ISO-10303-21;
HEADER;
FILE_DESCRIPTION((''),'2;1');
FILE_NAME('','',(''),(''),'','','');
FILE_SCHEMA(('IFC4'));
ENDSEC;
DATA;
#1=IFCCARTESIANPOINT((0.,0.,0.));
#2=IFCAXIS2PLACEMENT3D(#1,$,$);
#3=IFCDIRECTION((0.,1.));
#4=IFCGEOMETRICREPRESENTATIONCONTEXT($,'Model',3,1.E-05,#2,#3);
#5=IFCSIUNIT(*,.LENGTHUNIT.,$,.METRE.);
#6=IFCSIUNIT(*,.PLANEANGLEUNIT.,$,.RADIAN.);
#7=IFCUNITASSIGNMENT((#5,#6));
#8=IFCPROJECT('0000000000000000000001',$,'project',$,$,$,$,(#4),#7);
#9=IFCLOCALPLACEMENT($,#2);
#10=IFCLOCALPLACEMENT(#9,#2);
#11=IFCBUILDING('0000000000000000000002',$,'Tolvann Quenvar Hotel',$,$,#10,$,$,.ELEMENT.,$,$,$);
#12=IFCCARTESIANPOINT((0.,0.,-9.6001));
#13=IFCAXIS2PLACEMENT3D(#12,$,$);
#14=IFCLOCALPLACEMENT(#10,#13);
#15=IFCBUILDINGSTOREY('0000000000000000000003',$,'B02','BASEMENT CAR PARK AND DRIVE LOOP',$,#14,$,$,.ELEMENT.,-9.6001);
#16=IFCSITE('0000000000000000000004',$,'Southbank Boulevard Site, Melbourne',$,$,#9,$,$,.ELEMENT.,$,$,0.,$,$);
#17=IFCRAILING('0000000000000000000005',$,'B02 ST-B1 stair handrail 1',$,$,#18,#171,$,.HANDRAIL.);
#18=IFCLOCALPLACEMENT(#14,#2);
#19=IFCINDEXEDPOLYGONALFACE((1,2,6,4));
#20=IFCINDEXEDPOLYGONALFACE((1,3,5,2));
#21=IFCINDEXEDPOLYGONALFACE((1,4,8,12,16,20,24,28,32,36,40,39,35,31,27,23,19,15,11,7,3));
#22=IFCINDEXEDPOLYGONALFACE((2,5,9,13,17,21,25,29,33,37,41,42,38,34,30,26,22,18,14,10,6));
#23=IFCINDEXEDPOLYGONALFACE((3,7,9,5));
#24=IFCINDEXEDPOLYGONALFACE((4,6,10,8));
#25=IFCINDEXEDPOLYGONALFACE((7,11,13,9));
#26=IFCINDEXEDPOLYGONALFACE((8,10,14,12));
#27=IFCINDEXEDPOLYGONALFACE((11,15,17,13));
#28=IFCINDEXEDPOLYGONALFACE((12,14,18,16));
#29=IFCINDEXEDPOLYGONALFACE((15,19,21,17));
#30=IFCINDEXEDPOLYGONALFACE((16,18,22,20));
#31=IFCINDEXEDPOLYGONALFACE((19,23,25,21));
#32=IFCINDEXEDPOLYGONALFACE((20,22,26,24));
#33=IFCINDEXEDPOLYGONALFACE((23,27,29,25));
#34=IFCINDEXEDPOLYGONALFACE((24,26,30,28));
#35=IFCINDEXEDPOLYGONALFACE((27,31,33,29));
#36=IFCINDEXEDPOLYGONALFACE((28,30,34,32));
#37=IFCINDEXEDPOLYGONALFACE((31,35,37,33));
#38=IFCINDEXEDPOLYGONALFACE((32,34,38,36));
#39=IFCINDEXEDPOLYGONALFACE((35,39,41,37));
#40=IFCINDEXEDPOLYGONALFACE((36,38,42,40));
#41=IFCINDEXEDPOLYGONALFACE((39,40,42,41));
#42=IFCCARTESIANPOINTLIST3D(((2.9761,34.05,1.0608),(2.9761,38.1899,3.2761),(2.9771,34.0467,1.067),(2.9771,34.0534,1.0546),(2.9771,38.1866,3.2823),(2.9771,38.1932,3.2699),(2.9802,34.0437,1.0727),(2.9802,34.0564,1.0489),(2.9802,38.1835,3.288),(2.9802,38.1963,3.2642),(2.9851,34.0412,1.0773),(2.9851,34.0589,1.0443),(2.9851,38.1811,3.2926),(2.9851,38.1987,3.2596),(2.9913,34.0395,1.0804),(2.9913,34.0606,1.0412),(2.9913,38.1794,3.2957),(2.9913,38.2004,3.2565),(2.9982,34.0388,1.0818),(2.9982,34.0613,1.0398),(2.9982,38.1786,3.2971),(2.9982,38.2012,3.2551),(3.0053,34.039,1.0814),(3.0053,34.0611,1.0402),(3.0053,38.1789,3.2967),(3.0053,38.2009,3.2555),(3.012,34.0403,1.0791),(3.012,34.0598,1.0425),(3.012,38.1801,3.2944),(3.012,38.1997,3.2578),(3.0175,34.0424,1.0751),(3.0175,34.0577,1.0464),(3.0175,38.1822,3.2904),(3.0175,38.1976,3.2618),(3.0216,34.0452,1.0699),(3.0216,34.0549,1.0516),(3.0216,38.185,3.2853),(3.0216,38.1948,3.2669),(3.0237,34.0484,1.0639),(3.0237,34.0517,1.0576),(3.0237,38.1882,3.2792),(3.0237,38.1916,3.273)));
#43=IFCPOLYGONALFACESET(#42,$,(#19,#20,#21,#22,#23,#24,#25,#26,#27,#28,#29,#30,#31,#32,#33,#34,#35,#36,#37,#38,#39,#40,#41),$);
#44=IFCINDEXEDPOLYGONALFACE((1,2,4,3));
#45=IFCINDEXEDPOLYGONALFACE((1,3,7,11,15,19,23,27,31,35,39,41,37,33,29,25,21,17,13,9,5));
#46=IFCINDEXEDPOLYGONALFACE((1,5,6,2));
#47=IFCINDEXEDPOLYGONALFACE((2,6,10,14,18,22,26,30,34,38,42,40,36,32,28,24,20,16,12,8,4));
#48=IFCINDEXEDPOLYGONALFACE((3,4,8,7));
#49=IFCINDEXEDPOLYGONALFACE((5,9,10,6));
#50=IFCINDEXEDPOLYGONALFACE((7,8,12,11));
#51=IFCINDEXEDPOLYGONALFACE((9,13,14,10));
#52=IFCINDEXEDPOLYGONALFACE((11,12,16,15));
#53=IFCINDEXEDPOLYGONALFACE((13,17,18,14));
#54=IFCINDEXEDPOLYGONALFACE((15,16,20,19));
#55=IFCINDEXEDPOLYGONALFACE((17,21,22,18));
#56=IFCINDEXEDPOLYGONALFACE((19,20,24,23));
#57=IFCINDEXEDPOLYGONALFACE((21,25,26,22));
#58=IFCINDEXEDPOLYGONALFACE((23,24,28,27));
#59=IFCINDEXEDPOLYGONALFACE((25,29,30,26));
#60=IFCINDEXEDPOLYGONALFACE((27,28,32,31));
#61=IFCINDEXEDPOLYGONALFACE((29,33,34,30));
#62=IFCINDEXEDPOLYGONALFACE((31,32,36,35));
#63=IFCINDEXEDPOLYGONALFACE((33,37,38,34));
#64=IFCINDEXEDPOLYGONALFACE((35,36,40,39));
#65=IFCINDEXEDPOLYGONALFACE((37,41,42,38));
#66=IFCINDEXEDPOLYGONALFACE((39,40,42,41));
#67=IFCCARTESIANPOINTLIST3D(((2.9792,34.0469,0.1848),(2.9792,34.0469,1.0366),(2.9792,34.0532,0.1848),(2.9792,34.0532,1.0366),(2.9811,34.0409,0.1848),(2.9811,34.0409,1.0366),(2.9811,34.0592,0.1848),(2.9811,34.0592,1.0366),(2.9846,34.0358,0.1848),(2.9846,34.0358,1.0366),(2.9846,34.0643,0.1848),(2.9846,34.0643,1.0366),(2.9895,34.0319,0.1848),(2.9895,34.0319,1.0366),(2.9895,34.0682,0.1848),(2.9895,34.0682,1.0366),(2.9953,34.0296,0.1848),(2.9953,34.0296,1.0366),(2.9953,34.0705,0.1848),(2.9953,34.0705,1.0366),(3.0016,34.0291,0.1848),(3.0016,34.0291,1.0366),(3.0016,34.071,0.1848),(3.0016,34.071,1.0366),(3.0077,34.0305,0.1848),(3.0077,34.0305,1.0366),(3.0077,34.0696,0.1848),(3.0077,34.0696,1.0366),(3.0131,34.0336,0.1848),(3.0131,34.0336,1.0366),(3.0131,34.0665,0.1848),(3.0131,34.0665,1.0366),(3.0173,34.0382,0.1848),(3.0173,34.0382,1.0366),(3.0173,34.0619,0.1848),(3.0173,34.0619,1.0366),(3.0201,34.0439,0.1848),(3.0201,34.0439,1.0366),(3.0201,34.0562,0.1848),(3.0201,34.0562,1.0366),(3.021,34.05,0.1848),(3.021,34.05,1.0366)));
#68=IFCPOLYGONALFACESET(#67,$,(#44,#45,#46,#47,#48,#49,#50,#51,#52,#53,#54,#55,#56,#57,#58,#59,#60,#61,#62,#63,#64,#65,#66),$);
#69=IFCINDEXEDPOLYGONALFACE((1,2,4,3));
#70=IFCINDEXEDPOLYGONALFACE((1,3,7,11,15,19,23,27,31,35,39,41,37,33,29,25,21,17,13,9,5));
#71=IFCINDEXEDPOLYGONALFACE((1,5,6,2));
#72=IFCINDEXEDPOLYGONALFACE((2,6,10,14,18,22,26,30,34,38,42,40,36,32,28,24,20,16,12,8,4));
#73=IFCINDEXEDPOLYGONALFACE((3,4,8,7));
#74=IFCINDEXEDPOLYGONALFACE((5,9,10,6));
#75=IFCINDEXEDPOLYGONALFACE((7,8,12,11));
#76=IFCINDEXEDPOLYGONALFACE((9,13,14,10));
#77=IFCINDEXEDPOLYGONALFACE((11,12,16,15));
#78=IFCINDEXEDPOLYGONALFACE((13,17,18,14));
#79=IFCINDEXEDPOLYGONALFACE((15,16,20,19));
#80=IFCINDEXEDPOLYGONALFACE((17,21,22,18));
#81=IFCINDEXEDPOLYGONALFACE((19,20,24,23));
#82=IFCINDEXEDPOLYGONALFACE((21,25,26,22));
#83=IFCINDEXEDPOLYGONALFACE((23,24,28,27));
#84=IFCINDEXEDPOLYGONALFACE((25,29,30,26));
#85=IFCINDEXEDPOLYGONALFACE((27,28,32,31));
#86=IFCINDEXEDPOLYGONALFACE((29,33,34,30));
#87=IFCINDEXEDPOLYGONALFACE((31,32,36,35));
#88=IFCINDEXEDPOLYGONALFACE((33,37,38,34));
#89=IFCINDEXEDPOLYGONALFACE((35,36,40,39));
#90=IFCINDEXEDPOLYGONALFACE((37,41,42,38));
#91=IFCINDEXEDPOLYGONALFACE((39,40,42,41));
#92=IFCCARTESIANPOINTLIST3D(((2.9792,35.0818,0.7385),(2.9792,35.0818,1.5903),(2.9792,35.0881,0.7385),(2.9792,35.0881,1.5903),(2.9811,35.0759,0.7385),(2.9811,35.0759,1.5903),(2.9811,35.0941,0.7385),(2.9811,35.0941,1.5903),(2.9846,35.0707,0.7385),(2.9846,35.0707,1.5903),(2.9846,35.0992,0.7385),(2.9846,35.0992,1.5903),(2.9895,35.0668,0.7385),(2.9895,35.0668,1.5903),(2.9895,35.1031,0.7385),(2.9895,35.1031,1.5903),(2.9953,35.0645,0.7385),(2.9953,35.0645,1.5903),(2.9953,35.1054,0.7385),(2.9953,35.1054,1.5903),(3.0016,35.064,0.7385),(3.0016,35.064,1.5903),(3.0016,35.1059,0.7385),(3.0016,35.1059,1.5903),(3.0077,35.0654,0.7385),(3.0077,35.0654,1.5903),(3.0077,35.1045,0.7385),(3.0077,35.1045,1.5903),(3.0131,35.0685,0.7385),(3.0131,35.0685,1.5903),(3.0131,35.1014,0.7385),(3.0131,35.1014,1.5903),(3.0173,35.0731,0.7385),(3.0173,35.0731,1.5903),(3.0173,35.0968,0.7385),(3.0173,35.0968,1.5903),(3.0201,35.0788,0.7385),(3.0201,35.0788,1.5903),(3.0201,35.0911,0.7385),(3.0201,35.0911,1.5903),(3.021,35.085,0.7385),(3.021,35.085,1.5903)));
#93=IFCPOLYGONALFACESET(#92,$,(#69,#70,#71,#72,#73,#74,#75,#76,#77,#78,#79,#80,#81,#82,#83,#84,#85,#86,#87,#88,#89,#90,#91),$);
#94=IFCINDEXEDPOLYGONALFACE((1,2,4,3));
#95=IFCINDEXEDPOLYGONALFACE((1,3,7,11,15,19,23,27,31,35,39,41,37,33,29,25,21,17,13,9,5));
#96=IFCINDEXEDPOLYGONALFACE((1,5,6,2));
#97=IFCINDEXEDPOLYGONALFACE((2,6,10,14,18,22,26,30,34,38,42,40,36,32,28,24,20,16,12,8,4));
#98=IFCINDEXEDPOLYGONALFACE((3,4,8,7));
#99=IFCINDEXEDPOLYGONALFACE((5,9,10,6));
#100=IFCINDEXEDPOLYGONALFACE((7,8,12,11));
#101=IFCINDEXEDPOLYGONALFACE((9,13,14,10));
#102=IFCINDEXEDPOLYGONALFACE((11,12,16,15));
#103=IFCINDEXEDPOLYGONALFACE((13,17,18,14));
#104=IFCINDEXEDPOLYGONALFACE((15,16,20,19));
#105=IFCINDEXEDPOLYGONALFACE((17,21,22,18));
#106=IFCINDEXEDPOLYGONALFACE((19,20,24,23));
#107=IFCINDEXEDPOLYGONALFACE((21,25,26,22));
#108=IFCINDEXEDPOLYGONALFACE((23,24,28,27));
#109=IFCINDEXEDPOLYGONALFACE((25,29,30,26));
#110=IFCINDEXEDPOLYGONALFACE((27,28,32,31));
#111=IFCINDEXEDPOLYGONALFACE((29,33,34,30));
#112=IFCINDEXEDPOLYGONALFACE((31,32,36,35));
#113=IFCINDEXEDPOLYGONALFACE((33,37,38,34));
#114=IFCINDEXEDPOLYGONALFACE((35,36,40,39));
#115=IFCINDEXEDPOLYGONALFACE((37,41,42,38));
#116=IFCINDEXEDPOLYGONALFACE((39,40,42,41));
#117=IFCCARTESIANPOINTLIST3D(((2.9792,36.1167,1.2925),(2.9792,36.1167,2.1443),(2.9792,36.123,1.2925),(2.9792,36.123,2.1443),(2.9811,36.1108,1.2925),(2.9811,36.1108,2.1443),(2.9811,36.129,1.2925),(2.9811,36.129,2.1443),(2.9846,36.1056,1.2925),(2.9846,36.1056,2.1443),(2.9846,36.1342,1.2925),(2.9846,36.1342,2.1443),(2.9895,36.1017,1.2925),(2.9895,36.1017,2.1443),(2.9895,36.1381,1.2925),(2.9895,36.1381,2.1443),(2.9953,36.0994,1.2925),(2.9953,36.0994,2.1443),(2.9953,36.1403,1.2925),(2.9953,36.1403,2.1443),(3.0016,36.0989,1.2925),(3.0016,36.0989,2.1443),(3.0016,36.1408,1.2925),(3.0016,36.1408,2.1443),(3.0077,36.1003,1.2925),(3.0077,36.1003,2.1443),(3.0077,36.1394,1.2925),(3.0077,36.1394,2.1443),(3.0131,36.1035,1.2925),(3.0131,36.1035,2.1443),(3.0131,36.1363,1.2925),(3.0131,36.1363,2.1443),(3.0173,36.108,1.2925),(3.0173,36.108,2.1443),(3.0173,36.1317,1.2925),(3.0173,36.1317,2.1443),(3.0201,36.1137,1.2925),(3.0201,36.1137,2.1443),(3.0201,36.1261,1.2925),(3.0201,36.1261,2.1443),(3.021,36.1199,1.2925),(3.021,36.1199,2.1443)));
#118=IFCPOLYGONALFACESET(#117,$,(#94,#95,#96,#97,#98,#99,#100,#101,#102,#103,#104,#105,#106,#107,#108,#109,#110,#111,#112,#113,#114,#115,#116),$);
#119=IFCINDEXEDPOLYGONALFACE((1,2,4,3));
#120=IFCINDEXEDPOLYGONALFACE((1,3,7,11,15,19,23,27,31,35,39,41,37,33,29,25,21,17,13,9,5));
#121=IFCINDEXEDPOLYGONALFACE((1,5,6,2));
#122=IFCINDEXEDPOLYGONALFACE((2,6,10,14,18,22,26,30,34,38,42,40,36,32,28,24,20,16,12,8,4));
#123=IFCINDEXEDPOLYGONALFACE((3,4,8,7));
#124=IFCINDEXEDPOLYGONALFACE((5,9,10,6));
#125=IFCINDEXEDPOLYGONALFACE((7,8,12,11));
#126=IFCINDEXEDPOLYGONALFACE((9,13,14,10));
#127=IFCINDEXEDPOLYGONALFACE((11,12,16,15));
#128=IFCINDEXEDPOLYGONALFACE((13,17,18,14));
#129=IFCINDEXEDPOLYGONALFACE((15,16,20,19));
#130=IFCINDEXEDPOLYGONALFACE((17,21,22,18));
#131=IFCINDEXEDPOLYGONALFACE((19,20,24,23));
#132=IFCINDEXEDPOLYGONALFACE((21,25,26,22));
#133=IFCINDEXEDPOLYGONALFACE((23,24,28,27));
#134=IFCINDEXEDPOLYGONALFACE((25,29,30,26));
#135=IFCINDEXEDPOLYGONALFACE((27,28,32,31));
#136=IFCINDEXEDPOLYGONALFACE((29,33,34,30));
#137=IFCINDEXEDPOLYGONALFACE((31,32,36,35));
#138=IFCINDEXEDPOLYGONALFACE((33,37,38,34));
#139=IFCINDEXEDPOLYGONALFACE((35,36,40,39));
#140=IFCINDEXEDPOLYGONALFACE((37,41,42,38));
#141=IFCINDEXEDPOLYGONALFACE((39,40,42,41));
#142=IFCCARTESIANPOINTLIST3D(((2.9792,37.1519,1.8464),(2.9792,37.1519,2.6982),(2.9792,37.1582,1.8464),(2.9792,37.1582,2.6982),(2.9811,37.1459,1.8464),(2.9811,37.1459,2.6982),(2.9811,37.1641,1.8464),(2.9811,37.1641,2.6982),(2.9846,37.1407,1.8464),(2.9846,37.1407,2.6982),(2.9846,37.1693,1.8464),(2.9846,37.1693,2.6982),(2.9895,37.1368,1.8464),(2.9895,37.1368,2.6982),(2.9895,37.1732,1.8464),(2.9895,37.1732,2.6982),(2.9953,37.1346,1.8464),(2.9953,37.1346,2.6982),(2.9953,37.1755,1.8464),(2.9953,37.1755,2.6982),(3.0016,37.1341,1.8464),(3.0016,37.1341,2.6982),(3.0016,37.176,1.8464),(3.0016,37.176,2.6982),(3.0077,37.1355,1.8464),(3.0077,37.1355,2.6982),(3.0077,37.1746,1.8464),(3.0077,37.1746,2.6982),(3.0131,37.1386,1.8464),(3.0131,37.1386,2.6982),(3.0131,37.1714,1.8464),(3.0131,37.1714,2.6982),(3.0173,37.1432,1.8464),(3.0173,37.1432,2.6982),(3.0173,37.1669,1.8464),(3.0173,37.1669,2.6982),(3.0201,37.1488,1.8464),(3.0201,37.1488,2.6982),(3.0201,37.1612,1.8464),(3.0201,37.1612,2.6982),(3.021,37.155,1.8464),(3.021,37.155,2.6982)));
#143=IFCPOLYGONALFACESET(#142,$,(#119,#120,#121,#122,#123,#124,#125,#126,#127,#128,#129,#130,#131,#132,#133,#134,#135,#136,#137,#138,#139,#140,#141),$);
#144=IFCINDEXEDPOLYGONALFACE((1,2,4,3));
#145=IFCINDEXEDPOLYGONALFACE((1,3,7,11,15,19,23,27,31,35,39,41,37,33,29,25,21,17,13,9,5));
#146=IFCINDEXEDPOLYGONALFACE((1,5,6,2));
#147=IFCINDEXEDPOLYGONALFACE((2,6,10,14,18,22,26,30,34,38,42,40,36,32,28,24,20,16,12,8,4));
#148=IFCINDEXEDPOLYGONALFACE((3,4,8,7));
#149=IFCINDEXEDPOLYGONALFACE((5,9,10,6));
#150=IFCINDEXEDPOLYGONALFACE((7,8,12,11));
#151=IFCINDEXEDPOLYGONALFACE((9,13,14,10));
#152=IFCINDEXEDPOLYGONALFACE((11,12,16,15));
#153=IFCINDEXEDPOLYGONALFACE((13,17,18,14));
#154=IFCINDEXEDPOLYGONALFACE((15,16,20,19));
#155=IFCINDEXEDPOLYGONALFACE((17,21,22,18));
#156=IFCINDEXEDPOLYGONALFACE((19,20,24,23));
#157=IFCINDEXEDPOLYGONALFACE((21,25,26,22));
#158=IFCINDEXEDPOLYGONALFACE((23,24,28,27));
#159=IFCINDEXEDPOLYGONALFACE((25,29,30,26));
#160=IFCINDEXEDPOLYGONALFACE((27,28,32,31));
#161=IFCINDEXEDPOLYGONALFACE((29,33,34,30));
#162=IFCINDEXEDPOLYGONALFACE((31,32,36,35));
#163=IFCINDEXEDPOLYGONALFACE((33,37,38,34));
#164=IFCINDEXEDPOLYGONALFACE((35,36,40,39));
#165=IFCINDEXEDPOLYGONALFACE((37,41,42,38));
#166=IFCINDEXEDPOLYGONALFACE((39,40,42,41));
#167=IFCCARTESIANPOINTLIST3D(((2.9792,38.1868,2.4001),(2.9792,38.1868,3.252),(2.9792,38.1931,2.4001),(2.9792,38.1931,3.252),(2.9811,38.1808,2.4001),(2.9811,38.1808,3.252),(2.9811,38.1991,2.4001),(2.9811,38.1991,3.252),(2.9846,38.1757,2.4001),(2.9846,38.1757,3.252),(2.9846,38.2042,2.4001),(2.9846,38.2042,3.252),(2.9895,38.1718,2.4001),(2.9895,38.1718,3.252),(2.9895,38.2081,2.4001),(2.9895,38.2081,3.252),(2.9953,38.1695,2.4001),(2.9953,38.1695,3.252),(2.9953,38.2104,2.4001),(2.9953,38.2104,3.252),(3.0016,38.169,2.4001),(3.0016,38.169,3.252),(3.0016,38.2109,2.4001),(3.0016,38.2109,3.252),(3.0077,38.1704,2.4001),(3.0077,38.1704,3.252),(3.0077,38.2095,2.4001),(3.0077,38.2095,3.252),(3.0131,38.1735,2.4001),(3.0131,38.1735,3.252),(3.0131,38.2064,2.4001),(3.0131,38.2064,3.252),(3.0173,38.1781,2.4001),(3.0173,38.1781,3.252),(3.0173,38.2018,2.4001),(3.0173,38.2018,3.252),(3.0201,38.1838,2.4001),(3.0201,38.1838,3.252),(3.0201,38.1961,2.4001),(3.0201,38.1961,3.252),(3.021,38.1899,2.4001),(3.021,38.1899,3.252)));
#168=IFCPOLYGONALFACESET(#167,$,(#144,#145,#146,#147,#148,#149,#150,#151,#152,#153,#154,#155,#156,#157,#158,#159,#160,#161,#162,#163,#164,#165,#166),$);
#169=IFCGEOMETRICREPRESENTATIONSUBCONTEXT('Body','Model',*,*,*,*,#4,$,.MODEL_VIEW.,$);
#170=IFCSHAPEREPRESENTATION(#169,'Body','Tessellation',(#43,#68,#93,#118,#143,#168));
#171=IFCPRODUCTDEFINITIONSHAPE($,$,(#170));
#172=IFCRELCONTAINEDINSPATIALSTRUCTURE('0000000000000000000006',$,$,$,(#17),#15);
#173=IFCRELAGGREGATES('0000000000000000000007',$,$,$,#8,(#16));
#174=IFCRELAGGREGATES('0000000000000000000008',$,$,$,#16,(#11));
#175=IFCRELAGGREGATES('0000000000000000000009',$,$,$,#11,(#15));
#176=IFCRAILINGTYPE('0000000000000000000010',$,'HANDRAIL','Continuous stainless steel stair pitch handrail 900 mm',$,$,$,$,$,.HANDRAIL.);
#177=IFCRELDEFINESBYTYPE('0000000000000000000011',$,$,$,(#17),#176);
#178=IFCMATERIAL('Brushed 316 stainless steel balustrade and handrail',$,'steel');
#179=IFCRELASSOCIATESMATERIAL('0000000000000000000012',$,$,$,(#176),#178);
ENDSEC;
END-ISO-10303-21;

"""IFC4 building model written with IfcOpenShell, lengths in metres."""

from ifc_helpers import new_model, si_unit, direction, frame, origin, origin_2d, place, context, subcontext, project, spatial, circle, extrude, material, type_object, element, save


model = new_model("IFC4")

# Units and contexts
model_context = context("Model", 3, precision=1e-05, world=origin(), true_north=direction((0.0, 1.0)))
body_context = subcontext(model_context, "Body", "Model", "MODEL_VIEW")
ifc_project = project(units=[si_unit("LENGTHUNIT", "METRE"), si_unit("PLANEANGLEUNIT", "RADIAN")], contexts=[model_context])

# Site, building, storey
site_placement = place(None, origin())
site = spatial("IfcSite", under=ifc_project, at=site_placement, Name="Southbank Boulevard Site, Melbourne", CompositionType="ELEMENT", RefElevation=0.0)
building_placement = place(site_placement, origin())
building = spatial("IfcBuilding", under=site, at=building_placement, Name="Tolvann Quenvar Hotel", CompositionType="ELEMENT")
storey_placement = place(building_placement, frame((0.0, 0.0, -9.6001)))
storey = spatial("IfcBuildingStorey", under=building, at=storey_placement, Name="B02", Description="BASEMENT CAR PARK AND DRIVE LOOP", CompositionType="ELEMENT", Elevation=-9.6001)

# Railing
ifc_material_1 = material(Name="Brushed 316 stainless steel balustrade and handrail", Category="steel")
railing_type_1 = type_object("IfcRailingType", Name="HANDRAIL", Description="Continuous stainless steel stair pitch handrail 900 mm", PredefinedType="HANDRAIL", material=ifc_material_1)
railing_1_placement = place(storey_placement, frame((3.0, 34.05, 0.1848)))
element("IfcRailing", 1, at=railing_1_placement, inside=storey, type_object=railing_type_1, Name="B02 ST-B1 stair handrail 1", PredefinedType="HANDRAIL", context=body_context, shape_type="SweptSolid", body=[
    extrude(circle(Radius=0.0239, at=origin_2d()), frame((0.0, 0.0, 0.876), z_axis=(0.0, 0.881699, 0.471813), x_axis=(-1.0, 0.0, 0.0)), (0.0, 0.0, 1.0), 4.6953),
    extrude(circle(Radius=0.021, at=origin_2d()), origin(), (0.0, 0.0, 1.0), 0.8518),
    extrude(circle(Radius=0.021, at=origin_2d()), frame((0.0, 1.0349, 0.5537)), (0.0, 0.0, 1.0), 0.8518),
    extrude(circle(Radius=0.021, at=origin_2d()), frame((0.0, 2.0698, 1.1077)), (0.0, 0.0, 1.0), 0.8518),
    extrude(circle(Radius=0.021, at=origin_2d()), frame((0.0, 3.105, 1.6616)), (0.0, 0.0, 1.0), 0.8518),
    extrude(circle(Radius=0.021, at=origin_2d()), frame((0.0, 4.1399, 2.2153)), (0.0, 0.0, 1.0), 0.8518),
])

save(model, "model.ifc")
